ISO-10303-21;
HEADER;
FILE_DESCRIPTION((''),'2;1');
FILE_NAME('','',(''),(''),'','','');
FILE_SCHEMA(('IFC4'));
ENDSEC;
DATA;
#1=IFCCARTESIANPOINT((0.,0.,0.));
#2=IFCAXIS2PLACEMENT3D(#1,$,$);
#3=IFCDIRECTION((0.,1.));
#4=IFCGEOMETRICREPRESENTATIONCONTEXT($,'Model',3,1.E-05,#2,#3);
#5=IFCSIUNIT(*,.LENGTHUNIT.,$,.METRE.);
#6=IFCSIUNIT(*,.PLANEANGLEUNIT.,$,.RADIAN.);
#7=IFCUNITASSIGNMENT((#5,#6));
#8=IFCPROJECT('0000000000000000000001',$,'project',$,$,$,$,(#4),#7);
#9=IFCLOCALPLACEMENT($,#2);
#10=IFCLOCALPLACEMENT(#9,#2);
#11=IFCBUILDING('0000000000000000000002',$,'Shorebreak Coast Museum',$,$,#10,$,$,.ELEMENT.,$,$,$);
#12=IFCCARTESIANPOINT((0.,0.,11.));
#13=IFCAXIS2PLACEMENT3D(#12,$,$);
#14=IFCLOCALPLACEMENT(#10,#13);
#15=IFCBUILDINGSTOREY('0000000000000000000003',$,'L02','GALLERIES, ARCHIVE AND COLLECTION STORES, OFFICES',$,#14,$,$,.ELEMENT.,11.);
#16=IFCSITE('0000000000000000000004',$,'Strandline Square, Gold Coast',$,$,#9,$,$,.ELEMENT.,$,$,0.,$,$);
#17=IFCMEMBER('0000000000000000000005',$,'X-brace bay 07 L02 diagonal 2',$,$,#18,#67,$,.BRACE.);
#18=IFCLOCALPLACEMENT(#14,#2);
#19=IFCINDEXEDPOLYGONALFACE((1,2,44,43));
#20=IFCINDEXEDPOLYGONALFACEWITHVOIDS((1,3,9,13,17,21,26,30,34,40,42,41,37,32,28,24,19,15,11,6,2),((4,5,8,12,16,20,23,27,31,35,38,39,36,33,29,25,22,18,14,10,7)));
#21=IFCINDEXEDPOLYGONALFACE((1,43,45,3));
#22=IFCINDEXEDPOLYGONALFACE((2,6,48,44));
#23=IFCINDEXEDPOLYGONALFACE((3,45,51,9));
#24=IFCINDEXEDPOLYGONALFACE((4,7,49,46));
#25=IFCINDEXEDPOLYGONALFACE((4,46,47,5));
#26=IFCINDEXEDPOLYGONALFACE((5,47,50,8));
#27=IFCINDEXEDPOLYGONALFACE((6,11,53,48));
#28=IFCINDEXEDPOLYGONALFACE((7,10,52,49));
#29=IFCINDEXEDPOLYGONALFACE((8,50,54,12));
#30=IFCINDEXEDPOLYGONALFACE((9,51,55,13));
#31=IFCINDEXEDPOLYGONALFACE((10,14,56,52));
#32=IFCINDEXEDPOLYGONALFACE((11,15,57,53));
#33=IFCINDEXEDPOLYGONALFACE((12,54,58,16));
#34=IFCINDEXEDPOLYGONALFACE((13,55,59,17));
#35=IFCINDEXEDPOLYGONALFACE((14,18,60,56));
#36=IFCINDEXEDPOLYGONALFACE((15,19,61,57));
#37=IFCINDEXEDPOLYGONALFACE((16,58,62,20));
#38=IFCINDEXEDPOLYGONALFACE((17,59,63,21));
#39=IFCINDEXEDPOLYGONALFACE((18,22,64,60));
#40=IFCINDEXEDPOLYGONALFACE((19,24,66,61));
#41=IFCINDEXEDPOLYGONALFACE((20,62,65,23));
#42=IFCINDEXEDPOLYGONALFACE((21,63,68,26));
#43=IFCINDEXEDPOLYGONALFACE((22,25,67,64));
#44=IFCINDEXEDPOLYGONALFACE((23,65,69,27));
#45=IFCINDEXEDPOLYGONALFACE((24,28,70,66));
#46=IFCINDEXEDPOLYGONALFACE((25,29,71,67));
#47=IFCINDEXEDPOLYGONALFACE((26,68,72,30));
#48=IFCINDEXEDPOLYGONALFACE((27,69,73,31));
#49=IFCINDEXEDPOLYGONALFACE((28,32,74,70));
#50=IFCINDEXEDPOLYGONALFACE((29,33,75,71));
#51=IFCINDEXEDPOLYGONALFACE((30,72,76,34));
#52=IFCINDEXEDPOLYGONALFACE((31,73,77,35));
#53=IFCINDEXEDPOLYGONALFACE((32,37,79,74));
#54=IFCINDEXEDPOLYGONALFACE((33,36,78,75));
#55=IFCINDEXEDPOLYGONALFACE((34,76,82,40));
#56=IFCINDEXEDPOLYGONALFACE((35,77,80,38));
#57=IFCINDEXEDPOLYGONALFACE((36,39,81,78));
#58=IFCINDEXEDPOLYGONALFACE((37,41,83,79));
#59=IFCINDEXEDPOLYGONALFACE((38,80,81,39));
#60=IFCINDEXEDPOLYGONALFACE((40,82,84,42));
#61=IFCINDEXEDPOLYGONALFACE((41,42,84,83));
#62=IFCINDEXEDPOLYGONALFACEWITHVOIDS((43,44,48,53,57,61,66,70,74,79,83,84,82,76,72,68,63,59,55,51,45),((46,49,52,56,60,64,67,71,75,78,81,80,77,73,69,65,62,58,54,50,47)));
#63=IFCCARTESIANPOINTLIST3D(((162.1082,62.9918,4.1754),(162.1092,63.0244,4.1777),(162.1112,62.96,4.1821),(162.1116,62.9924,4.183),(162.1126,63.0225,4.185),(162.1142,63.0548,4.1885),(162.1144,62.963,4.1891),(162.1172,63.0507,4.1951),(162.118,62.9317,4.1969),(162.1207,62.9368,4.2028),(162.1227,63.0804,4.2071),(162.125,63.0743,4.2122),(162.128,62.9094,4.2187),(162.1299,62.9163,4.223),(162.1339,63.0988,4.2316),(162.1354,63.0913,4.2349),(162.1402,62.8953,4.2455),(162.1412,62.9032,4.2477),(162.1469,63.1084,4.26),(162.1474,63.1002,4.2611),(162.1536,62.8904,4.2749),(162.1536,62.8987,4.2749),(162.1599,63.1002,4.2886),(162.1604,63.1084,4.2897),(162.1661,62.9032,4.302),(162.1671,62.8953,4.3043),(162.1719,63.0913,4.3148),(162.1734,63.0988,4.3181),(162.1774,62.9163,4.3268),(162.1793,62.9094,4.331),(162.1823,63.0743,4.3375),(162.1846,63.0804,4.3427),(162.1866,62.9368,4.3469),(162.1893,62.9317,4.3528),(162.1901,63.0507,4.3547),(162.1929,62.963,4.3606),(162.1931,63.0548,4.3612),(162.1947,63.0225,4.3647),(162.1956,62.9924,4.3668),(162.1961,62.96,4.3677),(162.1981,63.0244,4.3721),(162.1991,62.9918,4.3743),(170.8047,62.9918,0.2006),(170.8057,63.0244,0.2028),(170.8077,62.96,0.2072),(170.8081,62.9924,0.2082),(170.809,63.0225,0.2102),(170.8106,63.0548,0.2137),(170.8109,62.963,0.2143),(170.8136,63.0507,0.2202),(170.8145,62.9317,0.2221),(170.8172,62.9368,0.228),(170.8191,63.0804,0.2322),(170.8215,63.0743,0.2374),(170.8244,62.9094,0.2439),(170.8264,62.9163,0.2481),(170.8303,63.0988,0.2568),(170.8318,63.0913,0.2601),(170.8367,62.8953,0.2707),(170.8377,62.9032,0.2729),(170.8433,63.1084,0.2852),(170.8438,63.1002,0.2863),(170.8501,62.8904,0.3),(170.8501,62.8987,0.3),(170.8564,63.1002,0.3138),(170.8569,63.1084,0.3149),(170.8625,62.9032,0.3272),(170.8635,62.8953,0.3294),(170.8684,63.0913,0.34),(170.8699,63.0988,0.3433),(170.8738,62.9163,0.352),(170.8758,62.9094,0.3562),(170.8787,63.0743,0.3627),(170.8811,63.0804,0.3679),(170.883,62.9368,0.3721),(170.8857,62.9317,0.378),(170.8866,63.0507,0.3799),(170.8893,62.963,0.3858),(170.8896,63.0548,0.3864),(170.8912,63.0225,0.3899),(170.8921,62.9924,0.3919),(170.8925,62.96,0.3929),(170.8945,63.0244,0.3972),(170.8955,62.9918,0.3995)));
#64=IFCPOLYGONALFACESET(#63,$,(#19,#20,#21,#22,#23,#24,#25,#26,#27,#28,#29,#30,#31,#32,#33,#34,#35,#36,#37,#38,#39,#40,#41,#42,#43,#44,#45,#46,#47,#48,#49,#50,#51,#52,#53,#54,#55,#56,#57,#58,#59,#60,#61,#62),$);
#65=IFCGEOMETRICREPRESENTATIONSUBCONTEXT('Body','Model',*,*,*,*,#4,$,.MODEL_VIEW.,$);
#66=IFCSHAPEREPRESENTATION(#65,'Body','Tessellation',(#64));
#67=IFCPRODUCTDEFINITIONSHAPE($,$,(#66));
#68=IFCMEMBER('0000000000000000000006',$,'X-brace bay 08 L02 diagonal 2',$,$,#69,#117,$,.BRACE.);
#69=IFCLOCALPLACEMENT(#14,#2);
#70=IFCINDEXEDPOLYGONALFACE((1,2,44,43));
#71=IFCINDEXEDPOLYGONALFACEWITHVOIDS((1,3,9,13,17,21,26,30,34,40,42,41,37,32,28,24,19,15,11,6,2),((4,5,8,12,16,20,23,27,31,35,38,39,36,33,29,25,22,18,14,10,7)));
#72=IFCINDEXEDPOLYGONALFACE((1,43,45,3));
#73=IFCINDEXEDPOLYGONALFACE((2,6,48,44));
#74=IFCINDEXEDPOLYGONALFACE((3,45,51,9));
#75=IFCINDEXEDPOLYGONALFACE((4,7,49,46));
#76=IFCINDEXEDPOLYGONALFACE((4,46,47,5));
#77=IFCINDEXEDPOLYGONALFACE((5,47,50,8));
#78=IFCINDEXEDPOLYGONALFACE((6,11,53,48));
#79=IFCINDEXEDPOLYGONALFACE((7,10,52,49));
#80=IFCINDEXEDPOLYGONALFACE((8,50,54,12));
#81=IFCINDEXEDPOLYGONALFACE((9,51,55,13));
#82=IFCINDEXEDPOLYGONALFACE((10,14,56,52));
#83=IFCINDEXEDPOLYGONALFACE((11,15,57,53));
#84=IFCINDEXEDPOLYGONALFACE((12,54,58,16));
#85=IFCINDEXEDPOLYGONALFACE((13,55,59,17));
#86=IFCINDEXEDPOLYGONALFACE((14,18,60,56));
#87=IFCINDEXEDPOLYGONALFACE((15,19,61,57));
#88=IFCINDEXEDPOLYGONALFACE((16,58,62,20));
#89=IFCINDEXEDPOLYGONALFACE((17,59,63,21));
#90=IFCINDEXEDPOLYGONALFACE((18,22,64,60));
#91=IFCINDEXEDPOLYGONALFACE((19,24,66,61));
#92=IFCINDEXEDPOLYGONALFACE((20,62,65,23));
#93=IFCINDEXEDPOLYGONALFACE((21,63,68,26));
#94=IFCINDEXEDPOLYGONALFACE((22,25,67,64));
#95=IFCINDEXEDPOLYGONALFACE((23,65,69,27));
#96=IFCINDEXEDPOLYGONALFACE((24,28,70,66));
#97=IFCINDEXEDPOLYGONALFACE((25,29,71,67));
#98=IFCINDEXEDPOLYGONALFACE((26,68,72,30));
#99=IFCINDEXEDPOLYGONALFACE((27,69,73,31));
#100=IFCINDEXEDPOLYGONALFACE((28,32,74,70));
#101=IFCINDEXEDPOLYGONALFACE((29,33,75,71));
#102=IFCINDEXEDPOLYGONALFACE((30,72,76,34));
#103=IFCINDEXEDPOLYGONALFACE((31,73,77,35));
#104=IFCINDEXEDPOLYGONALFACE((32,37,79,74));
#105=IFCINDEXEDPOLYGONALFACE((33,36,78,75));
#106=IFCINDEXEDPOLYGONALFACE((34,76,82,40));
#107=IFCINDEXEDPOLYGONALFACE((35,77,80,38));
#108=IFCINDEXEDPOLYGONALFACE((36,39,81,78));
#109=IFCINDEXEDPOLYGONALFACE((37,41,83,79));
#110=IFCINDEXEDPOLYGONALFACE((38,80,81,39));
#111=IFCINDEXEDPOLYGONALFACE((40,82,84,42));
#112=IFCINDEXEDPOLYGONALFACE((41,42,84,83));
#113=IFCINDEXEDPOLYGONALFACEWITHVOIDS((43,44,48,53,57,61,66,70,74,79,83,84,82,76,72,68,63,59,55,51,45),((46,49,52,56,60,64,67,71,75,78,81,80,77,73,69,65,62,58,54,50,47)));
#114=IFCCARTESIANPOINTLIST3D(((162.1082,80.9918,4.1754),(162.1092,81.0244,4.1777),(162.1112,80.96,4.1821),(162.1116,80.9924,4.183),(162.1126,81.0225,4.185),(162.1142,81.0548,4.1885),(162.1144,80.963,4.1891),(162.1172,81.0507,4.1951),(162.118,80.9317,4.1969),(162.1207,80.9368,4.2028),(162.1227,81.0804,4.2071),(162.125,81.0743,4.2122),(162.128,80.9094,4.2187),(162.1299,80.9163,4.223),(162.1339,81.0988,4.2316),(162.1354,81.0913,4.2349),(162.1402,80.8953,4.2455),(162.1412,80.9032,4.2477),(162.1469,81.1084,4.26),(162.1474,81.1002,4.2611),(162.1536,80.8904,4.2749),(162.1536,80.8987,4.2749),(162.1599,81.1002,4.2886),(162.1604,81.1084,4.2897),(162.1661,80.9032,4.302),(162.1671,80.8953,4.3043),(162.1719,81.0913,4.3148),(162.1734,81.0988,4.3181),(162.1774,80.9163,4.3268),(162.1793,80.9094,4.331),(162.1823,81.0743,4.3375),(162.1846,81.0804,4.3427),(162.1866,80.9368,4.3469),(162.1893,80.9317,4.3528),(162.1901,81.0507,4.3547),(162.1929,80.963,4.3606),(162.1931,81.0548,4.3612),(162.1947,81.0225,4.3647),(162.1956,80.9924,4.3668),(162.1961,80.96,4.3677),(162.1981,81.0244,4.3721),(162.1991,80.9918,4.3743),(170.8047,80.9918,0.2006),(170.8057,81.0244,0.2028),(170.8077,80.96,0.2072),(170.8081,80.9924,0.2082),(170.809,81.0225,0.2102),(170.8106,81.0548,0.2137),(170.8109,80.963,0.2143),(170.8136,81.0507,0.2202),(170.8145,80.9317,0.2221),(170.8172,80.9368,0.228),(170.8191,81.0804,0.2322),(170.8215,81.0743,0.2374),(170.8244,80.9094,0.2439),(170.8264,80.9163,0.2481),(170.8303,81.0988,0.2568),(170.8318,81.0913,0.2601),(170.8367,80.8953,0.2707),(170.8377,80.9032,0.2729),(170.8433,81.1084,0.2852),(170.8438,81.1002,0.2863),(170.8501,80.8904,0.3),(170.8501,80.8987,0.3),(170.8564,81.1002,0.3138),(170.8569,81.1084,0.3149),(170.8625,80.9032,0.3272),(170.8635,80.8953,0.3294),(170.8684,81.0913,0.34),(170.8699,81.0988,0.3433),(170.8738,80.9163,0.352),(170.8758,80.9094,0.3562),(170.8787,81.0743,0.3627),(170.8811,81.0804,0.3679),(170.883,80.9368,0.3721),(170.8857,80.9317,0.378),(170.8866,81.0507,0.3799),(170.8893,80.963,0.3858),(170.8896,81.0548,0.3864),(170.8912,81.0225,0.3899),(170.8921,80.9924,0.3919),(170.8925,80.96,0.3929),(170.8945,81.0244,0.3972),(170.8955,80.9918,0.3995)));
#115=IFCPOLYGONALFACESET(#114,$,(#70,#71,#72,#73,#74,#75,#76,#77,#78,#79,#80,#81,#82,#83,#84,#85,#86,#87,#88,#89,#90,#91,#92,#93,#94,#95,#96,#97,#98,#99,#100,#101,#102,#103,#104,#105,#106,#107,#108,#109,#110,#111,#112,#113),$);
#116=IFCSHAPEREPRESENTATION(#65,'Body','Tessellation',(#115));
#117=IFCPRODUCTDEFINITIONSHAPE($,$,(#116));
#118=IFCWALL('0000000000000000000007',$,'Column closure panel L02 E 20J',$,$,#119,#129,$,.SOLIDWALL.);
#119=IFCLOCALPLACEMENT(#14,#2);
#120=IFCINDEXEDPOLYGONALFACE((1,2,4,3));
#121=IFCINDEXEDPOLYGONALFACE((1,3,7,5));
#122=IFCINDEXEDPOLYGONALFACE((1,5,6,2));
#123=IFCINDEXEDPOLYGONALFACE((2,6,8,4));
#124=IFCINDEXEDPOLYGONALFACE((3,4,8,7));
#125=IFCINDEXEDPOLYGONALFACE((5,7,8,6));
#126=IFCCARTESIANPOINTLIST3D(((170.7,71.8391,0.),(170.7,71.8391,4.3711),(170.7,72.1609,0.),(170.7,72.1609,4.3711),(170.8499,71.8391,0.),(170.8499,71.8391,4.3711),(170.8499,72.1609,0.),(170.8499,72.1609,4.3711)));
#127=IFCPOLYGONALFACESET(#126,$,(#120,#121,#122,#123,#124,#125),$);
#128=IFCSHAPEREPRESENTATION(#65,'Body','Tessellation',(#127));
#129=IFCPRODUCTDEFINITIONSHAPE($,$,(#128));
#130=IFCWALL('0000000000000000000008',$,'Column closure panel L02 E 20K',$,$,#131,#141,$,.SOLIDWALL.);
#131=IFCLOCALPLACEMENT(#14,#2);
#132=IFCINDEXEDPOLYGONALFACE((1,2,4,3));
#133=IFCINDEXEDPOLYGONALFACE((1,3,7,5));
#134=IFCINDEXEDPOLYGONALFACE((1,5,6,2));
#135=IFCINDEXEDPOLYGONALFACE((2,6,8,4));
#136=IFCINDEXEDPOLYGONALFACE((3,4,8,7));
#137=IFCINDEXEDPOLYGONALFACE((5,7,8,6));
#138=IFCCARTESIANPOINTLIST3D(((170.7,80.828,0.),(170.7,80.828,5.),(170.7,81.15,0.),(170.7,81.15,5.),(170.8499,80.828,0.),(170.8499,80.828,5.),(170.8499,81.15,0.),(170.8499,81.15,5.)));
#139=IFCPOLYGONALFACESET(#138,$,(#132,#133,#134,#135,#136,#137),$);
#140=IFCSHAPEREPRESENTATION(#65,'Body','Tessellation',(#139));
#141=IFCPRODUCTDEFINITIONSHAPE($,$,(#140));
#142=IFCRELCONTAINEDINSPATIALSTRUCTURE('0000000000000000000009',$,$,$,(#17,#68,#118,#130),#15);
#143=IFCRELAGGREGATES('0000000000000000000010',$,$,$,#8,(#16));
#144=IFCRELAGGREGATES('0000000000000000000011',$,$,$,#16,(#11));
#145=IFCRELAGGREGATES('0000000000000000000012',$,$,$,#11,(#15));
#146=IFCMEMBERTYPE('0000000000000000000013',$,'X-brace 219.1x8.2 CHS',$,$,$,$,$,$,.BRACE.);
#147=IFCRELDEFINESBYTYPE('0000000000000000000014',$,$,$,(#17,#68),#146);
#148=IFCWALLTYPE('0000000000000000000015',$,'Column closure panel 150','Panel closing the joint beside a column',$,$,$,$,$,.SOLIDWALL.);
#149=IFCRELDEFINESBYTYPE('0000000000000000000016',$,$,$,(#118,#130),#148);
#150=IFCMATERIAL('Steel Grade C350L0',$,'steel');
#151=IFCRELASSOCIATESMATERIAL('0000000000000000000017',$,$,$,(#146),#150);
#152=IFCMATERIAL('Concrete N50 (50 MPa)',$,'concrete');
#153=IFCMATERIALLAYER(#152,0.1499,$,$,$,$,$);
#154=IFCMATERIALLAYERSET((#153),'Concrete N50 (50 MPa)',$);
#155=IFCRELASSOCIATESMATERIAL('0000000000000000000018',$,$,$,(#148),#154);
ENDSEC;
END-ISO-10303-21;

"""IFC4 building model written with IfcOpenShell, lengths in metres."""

from ifc_helpers import new_model, si_unit, direction, frame, frame_2d, origin, origin_2d, place, context, subcontext, project, spatial, rectangle, hollow_circle, extrude, material, layer, layer_set, material_profile, profile_set, type_object, element, save


model = new_model("IFC4")

# Units and contexts
model_context = context("Model", 3, precision=1e-05, world=origin(), true_north=direction((0.0, 1.0)))
body_context = subcontext(model_context, "Body", "Model", "MODEL_VIEW")
ifc_project = project(units=[si_unit("LENGTHUNIT", "METRE"), si_unit("PLANEANGLEUNIT", "RADIAN")], contexts=[model_context])

# Site, building, storey
site_placement = place(None, origin())
site = spatial("IfcSite", under=ifc_project, at=site_placement, Name="Strandline Square, Gold Coast", CompositionType="ELEMENT", RefElevation=0.0)
building_placement = place(site_placement, origin())
building = spatial("IfcBuilding", under=site, at=building_placement, Name="Shorebreak Coast Museum", CompositionType="ELEMENT")
storey_placement = place(building_placement, frame((0.0, 0.0, 11.0)))
storey = spatial("IfcBuildingStorey", under=building, at=storey_placement, Name="L02", Description="GALLERIES, ARCHIVE AND COLLECTION STORES, OFFICES", CompositionType="ELEMENT", Elevation=11.0)

# Members
ifc_material_1 = material(Name="Steel Grade C350L0", Category="steel")
ifc_material_profile_1 = material_profile(ifc_material_1, hollow_circle(Radius=0.1096, WallThickness=0.0083, at=origin_2d()), Name="219.1x8.2 CHS")
ifc_profile_set_1 = profile_set([ifc_material_profile_1], Name="Steel Grade C350L0")
member_type = type_object("IfcMemberType", Name="X-brace 219.1x8.2 CHS", PredefinedType="BRACE", material=ifc_profile_set_1)
for number, where, z_axis, x_axis, name in (
    (1, (170.8501, 63.0, 0.3), (-0.909502, 0.0, 0.415699), (0.0, -1.0, 0.0), "X-brace bay 07 L02 diagonal 2"),
    (2, (170.8501, 81.0, 0.3), (-0.909502, 0.0, 0.415699), (0.0, -1.0, 0.0), "X-brace bay 08 L02 diagonal 2"),
):
    element("IfcMember", number, at=place(storey_placement, frame(where, z_axis=z_axis, x_axis=x_axis)), inside=storey, type_object=member_type, Name=name, PredefinedType="BRACE", context=body_context, shape_type="SweptSolid", body=[
        extrude(hollow_circle(Radius=0.1096, WallThickness=0.0083, at=origin_2d()), origin(), (0.0, 0.0, 1.0), 9.5618),
    ])

# Walls
ifc_material_2 = material(Name="Concrete N50 (50 MPa)", Category="concrete")
ifc_layer_1 = layer(ifc_material_2, 0.1499)
ifc_layer_set_1 = layer_set([ifc_layer_1], Name="Concrete N50 (50 MPa)")
wall_type_1 = type_object("IfcWallType", Name="Column closure panel 150", Description="Panel closing the joint beside a column", PredefinedType="SOLIDWALL", material=ifc_layer_set_1)
wall_1_placement = place(storey_placement, frame((170.7749, 71.8391, 0.0), z_axis=(0.0, 0.0, 1.0), x_axis=(0.0, 1.0, 0.0)))
element("IfcWall", 3, at=wall_1_placement, inside=storey, type_object=wall_type_1, Name="Column closure panel L02 E 20J", PredefinedType="SOLIDWALL", context=body_context, shape_type="SweptSolid", body=[
    extrude(rectangle(XDim=0.3218, YDim=0.1499, at=frame_2d((0.1609, 0.0))), origin(), (0.0, 0.0, 1.0), 4.3711),
])
wall_2_placement = place(storey_placement, frame((170.7749, 80.8279, 0.0), z_axis=(0.0, 0.0, 1.0), x_axis=(0.0, 1.0, 0.0)))
element("IfcWall", 4, at=wall_2_placement, inside=storey, type_object=wall_type_1, Name="Column closure panel L02 E 20K", PredefinedType="SOLIDWALL", context=body_context, shape_type="SweptSolid", body=[
    extrude(rectangle(XDim=0.322, YDim=0.1499, at=frame_2d((0.1611, 0.0))), origin(), (0.0, 0.0, 1.0), 5.0),
])

save(model, "model.ifc")
